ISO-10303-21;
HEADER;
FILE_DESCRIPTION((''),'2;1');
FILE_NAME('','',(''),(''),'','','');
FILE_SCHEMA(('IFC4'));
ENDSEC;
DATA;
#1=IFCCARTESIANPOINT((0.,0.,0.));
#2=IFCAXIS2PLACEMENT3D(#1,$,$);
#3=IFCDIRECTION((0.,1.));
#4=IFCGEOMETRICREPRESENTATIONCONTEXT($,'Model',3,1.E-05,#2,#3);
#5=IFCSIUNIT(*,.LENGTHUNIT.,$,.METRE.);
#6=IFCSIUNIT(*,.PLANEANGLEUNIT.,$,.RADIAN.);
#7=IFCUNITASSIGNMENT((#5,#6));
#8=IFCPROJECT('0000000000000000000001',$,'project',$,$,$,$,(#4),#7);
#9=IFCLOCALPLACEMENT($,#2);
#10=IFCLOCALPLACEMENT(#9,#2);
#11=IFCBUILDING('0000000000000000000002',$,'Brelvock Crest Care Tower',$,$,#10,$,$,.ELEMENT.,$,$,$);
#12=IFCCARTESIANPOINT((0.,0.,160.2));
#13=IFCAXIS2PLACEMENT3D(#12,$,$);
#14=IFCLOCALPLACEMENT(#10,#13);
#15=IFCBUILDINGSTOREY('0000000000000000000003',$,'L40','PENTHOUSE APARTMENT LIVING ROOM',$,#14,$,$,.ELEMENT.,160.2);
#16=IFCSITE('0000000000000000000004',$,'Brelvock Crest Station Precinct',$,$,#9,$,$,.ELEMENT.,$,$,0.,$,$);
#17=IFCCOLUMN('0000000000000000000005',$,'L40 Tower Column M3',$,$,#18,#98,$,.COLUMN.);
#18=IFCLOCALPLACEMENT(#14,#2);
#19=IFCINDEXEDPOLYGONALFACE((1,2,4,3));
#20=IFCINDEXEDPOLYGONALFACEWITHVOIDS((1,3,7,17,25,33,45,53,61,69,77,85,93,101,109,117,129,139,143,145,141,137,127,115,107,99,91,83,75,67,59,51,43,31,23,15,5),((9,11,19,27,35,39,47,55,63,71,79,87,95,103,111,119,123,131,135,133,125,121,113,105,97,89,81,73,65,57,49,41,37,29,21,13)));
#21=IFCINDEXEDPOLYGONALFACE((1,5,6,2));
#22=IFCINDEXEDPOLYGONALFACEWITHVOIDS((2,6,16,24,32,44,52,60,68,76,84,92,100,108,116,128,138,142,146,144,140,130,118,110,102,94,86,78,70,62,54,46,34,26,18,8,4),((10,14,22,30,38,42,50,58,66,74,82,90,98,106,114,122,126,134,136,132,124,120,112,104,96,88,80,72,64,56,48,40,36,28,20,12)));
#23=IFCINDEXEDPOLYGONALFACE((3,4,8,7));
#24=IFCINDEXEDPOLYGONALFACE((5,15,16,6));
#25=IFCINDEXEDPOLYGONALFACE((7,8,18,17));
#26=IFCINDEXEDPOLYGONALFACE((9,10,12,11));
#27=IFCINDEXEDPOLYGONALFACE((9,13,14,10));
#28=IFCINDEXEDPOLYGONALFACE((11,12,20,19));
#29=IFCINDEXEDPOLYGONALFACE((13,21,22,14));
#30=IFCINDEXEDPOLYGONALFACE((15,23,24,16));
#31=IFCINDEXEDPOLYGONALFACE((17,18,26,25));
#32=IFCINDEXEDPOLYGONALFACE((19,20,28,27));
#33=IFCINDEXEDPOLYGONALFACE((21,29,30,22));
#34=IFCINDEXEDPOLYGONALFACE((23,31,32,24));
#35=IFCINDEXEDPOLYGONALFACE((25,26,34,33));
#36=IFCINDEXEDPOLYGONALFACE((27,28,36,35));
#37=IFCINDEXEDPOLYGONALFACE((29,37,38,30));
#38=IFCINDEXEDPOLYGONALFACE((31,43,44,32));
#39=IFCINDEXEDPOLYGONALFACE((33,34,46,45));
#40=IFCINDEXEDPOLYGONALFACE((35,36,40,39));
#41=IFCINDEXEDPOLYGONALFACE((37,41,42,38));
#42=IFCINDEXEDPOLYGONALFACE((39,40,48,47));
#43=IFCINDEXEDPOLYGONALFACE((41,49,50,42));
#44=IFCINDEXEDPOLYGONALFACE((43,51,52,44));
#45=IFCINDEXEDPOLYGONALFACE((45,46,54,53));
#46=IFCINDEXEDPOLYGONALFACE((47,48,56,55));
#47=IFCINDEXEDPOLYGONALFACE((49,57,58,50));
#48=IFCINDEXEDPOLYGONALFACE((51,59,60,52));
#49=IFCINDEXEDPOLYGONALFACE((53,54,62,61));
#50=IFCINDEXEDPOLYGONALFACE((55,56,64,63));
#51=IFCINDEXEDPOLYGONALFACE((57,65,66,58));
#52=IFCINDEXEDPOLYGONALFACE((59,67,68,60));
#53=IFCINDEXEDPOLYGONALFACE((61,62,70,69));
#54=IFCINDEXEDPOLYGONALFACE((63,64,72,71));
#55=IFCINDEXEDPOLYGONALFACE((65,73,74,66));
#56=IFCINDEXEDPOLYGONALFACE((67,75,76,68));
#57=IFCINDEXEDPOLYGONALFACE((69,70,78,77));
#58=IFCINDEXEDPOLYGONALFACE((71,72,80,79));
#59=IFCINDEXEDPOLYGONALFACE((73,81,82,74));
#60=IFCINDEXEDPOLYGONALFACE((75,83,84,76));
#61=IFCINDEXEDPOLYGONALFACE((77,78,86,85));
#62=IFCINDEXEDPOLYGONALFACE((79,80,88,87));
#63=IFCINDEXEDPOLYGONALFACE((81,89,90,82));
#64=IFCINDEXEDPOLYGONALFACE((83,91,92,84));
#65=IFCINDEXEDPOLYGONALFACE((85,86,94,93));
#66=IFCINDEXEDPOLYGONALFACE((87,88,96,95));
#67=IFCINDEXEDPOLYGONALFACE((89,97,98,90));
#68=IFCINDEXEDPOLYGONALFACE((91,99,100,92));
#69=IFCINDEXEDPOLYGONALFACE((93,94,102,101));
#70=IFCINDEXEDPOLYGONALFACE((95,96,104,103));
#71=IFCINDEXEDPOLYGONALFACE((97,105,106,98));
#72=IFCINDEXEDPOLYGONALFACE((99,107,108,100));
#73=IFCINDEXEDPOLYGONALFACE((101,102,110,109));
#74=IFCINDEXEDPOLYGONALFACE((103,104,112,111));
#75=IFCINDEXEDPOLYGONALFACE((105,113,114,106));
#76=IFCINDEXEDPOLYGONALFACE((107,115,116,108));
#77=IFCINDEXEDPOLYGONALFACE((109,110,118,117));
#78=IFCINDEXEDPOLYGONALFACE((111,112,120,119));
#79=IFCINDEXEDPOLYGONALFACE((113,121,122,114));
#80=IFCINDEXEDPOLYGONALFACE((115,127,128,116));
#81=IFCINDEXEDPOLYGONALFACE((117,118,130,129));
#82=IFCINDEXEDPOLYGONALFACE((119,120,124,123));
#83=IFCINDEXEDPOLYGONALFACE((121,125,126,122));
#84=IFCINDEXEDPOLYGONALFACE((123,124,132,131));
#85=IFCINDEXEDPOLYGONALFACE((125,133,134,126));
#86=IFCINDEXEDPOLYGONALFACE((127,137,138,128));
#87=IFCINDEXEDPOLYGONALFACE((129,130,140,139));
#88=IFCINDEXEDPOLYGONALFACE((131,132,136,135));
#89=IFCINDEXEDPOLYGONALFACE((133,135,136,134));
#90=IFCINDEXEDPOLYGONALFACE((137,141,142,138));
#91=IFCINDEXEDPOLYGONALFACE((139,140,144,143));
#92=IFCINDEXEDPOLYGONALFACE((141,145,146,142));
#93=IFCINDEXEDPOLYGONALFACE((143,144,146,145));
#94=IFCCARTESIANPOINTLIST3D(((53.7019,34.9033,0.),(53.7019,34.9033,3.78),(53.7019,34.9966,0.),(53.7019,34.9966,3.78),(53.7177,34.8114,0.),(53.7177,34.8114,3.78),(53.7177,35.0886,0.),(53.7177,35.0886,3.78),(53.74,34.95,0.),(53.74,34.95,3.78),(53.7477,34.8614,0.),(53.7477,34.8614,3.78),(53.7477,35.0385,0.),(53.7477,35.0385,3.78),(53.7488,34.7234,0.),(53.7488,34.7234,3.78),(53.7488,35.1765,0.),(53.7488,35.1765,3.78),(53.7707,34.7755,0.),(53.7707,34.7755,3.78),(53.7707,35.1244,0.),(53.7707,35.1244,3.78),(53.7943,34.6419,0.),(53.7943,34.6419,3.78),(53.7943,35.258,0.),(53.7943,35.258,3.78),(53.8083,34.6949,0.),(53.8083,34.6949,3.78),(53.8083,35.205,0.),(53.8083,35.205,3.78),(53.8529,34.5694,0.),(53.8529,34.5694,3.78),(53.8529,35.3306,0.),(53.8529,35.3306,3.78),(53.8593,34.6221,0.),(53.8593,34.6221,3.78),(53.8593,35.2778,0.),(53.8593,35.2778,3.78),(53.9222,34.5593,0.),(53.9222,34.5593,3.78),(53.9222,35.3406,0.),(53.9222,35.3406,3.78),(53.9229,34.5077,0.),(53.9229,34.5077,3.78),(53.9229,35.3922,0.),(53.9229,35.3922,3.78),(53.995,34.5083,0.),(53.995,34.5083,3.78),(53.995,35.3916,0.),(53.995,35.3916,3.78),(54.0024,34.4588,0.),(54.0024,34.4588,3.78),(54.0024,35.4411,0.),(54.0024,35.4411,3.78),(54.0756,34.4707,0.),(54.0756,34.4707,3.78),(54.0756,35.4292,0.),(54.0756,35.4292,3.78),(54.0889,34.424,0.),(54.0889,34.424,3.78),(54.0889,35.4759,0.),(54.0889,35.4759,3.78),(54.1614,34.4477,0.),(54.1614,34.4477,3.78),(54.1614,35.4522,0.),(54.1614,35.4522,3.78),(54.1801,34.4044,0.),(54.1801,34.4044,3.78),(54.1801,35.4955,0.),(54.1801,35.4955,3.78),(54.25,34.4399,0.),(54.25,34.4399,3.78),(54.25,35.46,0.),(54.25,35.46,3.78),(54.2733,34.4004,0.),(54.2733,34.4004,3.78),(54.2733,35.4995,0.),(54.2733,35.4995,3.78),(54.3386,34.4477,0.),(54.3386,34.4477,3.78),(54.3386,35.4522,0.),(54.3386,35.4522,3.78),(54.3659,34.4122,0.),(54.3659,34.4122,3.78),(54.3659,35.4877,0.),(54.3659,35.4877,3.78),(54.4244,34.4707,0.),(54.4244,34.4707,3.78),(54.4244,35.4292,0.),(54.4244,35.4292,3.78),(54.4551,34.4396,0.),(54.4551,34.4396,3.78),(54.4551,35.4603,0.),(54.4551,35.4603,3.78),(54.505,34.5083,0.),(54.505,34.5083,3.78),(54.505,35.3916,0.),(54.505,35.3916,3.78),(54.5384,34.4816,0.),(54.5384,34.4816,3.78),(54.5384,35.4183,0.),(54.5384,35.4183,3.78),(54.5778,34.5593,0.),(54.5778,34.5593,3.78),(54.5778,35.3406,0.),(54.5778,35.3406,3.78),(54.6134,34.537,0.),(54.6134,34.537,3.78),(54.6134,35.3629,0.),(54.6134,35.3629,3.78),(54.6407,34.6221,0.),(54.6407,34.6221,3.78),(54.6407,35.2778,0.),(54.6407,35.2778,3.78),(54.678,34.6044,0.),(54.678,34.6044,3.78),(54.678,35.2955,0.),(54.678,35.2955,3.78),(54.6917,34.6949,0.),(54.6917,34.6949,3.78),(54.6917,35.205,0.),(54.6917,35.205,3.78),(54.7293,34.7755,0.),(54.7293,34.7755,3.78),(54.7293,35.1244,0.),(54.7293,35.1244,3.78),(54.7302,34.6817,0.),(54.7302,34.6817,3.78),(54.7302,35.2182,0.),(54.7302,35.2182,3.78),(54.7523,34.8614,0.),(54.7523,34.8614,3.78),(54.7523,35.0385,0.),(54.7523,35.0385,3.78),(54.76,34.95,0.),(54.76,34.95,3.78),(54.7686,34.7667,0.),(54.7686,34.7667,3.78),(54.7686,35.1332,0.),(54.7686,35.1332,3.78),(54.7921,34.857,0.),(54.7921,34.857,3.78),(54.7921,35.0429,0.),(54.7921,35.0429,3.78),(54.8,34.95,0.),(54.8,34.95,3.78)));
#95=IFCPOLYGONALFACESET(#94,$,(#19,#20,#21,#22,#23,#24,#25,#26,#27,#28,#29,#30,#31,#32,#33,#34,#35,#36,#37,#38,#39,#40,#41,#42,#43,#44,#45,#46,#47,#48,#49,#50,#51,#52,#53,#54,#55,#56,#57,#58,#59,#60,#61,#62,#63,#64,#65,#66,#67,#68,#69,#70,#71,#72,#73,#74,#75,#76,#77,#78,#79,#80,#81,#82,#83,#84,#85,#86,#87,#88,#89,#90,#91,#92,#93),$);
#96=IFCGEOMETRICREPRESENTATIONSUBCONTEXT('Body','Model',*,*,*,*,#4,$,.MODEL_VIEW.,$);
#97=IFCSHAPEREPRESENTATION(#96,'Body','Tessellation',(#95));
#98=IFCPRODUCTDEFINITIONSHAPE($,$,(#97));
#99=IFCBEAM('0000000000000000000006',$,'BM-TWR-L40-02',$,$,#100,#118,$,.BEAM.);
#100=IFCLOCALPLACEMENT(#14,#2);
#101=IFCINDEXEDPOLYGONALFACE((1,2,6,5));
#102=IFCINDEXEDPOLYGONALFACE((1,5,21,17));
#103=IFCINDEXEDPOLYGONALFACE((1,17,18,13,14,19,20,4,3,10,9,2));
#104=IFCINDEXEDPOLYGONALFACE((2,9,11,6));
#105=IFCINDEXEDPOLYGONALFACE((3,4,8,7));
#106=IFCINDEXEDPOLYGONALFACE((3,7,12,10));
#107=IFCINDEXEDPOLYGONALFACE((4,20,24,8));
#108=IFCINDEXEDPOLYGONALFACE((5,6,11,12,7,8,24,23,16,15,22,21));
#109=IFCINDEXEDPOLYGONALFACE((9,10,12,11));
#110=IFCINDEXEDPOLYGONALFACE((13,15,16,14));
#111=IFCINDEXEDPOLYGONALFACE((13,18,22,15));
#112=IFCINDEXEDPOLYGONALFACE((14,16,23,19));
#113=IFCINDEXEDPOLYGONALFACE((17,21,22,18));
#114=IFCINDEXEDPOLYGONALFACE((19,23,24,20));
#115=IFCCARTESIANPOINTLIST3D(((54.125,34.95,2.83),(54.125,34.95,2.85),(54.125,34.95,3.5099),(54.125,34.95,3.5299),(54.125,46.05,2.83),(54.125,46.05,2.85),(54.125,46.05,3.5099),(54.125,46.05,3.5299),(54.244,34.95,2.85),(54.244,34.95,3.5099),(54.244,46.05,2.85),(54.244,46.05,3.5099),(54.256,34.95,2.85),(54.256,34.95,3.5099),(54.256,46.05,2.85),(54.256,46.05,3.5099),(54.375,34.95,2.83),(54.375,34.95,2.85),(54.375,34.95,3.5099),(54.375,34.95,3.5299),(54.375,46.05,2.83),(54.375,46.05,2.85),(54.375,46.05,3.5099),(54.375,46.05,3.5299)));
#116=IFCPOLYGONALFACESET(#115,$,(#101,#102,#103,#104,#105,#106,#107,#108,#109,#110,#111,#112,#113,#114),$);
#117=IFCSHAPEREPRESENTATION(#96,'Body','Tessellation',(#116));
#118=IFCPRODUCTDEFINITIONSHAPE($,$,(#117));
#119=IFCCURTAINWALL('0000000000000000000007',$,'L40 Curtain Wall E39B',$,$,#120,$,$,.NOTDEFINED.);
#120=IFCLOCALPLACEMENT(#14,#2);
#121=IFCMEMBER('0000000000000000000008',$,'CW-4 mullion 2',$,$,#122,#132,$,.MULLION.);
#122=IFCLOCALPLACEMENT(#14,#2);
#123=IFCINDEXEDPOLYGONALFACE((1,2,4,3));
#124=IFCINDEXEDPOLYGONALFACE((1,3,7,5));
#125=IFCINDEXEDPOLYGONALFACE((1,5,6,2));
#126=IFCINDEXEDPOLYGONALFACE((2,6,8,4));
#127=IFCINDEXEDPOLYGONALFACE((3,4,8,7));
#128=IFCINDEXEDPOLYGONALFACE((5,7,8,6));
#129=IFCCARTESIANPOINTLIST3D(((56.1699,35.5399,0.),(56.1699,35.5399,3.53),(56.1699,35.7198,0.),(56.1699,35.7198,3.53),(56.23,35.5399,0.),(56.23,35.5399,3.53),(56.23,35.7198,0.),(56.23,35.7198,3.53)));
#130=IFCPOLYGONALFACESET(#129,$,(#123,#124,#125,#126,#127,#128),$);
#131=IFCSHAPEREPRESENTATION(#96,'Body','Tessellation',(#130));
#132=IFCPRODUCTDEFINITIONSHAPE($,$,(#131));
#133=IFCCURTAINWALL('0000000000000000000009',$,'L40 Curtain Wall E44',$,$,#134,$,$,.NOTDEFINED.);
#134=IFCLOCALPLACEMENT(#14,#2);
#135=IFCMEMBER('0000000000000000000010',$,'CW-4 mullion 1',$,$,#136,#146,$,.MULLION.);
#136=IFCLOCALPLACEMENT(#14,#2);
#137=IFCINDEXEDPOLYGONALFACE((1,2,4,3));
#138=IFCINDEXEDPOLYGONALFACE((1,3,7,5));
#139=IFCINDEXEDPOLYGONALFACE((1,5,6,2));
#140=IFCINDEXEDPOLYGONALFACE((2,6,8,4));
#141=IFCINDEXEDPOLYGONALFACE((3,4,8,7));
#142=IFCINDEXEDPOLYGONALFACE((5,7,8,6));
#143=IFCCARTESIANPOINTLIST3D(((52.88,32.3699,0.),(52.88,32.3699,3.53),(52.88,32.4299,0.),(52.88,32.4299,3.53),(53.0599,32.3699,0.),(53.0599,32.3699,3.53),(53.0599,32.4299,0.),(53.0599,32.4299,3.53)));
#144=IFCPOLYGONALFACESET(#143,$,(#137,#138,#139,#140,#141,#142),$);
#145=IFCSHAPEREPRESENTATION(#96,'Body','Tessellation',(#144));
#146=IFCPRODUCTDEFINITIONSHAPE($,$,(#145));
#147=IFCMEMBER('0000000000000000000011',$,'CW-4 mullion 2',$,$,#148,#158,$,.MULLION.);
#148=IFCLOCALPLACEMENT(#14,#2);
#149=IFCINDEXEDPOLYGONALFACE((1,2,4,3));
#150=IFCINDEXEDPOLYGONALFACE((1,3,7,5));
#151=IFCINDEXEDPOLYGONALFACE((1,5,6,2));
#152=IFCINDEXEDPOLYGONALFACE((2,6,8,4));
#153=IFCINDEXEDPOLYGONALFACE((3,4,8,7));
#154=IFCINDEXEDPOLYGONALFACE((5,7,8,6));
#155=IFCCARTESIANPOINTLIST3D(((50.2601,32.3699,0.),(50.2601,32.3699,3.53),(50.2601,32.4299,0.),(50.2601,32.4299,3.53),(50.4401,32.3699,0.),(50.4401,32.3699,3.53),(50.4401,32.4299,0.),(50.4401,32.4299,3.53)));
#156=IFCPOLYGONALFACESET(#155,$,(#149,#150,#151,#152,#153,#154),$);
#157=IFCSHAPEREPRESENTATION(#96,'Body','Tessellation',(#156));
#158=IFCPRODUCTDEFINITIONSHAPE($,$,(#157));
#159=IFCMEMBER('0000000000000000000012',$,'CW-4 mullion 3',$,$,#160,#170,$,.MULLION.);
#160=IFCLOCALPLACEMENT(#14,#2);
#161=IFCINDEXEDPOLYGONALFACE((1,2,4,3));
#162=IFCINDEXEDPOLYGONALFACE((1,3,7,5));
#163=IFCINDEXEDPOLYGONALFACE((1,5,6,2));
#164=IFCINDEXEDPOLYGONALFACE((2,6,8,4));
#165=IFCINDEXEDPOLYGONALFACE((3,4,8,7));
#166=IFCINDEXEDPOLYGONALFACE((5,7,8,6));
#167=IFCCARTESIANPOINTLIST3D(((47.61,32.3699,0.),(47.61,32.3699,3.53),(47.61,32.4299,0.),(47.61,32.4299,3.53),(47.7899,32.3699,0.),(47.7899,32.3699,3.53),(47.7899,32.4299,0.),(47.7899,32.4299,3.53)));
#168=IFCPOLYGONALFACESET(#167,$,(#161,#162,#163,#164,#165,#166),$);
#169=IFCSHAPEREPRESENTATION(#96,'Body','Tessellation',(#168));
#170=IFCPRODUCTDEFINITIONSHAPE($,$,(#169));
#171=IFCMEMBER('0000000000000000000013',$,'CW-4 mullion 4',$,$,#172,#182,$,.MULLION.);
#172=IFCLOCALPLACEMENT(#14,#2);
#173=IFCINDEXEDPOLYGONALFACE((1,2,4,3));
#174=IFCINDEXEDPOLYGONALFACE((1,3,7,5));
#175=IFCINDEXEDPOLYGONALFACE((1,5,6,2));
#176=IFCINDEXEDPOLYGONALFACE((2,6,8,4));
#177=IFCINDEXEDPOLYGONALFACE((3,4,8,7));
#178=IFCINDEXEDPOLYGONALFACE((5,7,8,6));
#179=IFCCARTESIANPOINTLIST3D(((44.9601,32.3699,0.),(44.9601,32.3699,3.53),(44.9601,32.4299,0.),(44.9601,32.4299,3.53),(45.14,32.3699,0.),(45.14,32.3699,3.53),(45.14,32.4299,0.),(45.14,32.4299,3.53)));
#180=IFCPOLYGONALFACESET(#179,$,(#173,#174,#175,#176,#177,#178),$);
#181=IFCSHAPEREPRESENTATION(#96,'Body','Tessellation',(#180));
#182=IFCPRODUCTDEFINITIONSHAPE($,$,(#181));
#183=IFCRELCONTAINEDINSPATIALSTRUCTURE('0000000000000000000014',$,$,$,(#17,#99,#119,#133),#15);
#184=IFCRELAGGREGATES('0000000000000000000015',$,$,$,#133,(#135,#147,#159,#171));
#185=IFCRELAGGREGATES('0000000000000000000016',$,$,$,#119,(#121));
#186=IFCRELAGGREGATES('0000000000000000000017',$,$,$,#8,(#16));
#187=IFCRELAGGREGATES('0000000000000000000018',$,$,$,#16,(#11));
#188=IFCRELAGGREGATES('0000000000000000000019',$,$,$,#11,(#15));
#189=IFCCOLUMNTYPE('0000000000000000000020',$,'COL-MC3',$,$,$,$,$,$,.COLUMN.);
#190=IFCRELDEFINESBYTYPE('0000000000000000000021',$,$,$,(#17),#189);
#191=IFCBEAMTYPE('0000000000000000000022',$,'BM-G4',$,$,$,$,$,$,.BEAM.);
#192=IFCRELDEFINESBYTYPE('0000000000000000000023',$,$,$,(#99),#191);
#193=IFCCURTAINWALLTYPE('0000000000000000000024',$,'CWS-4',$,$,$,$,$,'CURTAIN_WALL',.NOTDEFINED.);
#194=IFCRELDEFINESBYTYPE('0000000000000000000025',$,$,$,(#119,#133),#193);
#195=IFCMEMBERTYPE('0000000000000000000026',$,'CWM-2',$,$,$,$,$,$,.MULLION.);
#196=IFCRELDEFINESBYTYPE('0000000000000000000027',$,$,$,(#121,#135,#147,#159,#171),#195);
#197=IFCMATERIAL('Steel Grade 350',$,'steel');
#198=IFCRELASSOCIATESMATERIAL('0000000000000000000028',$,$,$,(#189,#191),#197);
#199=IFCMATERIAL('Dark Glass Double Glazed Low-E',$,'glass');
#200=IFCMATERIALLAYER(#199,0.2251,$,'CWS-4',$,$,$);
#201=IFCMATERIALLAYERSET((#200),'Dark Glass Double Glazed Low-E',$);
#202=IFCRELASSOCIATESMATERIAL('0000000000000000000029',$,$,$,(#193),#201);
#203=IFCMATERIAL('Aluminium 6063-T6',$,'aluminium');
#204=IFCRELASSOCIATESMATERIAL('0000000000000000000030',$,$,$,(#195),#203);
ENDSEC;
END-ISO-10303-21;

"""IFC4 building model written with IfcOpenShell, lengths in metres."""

from ifc_helpers import new_model, si_unit, direction, frame, origin, origin_2d, place, context, subcontext, project, spatial, rectangle, hollow_circle, i_section, extrude, source, transform, mapped, material, layer, layer_set, material_profile, profile_set, type_object, element, aggregate, save


model = new_model("IFC4")

# Units and contexts
model_context = context("Model", 3, precision=1e-05, world=origin(), true_north=direction((0.0, 1.0)))
body_context = subcontext(model_context, "Body", "Model", "MODEL_VIEW")
ifc_project = project(units=[si_unit("LENGTHUNIT", "METRE"), si_unit("PLANEANGLEUNIT", "RADIAN")], contexts=[model_context])

# Site, building, storey
site_placement = place(None, origin())
site = spatial("IfcSite", under=ifc_project, at=site_placement, Name="Brelvock Crest Station Precinct", CompositionType="ELEMENT", RefElevation=0.0)
building_placement = place(site_placement, origin())
building = spatial("IfcBuilding", under=site, at=building_placement, Name="Brelvock Crest Care Tower", CompositionType="ELEMENT")
storey_placement = place(building_placement, frame((0.0, 0.0, 160.2)))
storey = spatial("IfcBuildingStorey", under=building, at=storey_placement, Name="L40", Description="PENTHOUSE APARTMENT LIVING ROOM", CompositionType="ELEMENT", Elevation=160.2)

# Column
ifc_material_1 = material(Name="Steel Grade 350", Category="steel")
ifc_material_profile_1 = material_profile(ifc_material_1, hollow_circle(Radius=0.55, WallThickness=0.04, at=origin_2d()), Name="CFT1100x40")
ifc_profile_set_1 = profile_set([ifc_material_profile_1], Name="Steel Grade 350")
column_type = type_object("IfcColumnType", Name="COL-MC3", PredefinedType="COLUMN", material=ifc_profile_set_1)
shared_shape_1 = source(origin(), body_context, "Body", "SweptSolid", [
    extrude(hollow_circle(Radius=0.55, WallThickness=0.04, at=origin_2d()), origin(), (0.0, 0.0, 1.0), 3.78),
])
column_placement = place(storey_placement, frame((54.25, 34.95, 0.0), z_axis=(0.0, 0.0, 1.0), x_axis=(1.0, 0.0, 0.0)))
element("IfcColumn", 1, at=column_placement, inside=storey, type_object=column_type, Name="L40 Tower Column M3", PredefinedType="COLUMN", context=body_context, shape_type="MappedRepresentation", body=[
    mapped(shared_shape_1, transform((0.0, 0.0, 0.0), x_axis=(1.0, 0.0, 0.0), y_axis=(0.0, 1.0, 0.0), z_axis=(0.0, 0.0, 1.0), scale=1.0)),
])

# Beam
ifc_material_profile_2 = material_profile(ifc_material_1, i_section(OverallWidth=0.25, OverallDepth=0.7, WebThickness=0.012, FlangeThickness=0.02, at=origin_2d()), Name="700WB150")
ifc_profile_set_2 = profile_set([ifc_material_profile_2], Name="Steel Grade 350")
beam_type = type_object("IfcBeamType", Name="BM-G4", PredefinedType="BEAM", material=ifc_profile_set_2)
shared_shape_2 = source(origin(), body_context, "Body", "SweptSolid", [
    extrude(i_section(OverallWidth=0.25, OverallDepth=0.7, WebThickness=0.012, FlangeThickness=0.02, at=origin_2d()), origin(), (0.0, 0.0, 1.0), 11.1001),
])
beam_placement = place(storey_placement, frame((54.25, 34.95, 3.1799), z_axis=(0.0, 1.0, 0.0), x_axis=(-1.0, 0.0, 0.0)))
element("IfcBeam", 2, at=beam_placement, inside=storey, type_object=beam_type, Name="BM-TWR-L40-02", PredefinedType="BEAM", context=body_context, shape_type="MappedRepresentation", body=[
    mapped(shared_shape_2, transform((0.0, 0.0, 0.0), x_axis=(1.0, 0.0, 0.0), y_axis=(0.0, 1.0, 0.0), z_axis=(0.0, 0.0, 1.0), scale=1.0)),
])

# Curtain wall, member
ifc_material_2 = material(Name="Dark Glass Double Glazed Low-E", Category="glass")
ifc_layer_1 = layer(ifc_material_2, 0.2251, Name="CWS-4")
ifc_layer_set_1 = layer_set([ifc_layer_1], Name="Dark Glass Double Glazed Low-E")
curtain_wall_type = type_object("IfcCurtainWallType", Name="CWS-4", ElementType="CURTAIN_WALL", PredefinedType="NOTDEFINED", material=ifc_layer_set_1)
curtain_wall_1_placement = place(storey_placement, origin())
curtain_wall_1 = element("IfcCurtainWall", 3, at=curtain_wall_1_placement, inside=storey, type_object=curtain_wall_type, Name="L40 Curtain Wall E39B", PredefinedType="NOTDEFINED")
ifc_material_3 = material(Name="Aluminium 6063-T6", Category="aluminium")
ifc_material_profile_3 = material_profile(ifc_material_3, rectangle(XDim=0.0601, YDim=0.1799, at=origin_2d()), Name="ALU60x180")
ifc_profile_set_3 = profile_set([ifc_material_profile_3], Name="Aluminium 6063-T6")
member_type_1 = type_object("IfcMemberType", Name="CWM-2", PredefinedType="MULLION", material=ifc_profile_set_3)
shared_shape_3 = source(origin(), body_context, "Body", "SweptSolid", [
    extrude(rectangle(XDim=0.0601, YDim=0.1799, at=origin_2d()), origin(), (0.0, 0.0, 1.0), 3.53),
])
member_1_placement = place(storey_placement, frame((56.2, 35.6299, 0.0), z_axis=(0.0, 0.0, 1.0), x_axis=(1.0, 0.0, 0.0)))
member_1 = element("IfcMember", 4, at=member_1_placement, type_object=member_type_1, Name="CW-4 mullion 2", PredefinedType="MULLION", context=body_context, shape_type="MappedRepresentation", body=[
    mapped(shared_shape_3, transform((0.0, 0.0, 0.0), x_axis=(1.0, 0.0, 0.0), y_axis=(0.0, 1.0, 0.0), z_axis=(0.0, 0.0, 1.0), scale=1.0)),
])

# Curtain wall, members
curtain_wall_2_placement = place(storey_placement, origin())
curtain_wall_2 = element("IfcCurtainWall", 5, at=curtain_wall_2_placement, inside=storey, type_object=curtain_wall_type, Name="L40 Curtain Wall E44", PredefinedType="NOTDEFINED")
member_2_placement = place(storey_placement, frame((52.97, 32.3999, 0.0), z_axis=(0.0, 0.0, 1.0), x_axis=(0.0, -1.0, 0.0)))
member_2 = element("IfcMember", 6, at=member_2_placement, type_object=member_type_1, Name="CW-4 mullion 1", PredefinedType="MULLION", context=body_context, shape_type="MappedRepresentation", body=[
    mapped(shared_shape_3, transform((0.0, 0.0, 0.0), x_axis=(1.0, 0.0, 0.0), y_axis=(0.0, 1.0, 0.0), z_axis=(0.0, 0.0, 1.0), scale=1.0)),
])
member_3_placement = place(storey_placement, frame((50.3501, 32.3999, 0.0), z_axis=(0.0, 0.0, 1.0), x_axis=(0.0, -1.0, 0.0)))
member_3 = element("IfcMember", 7, at=member_3_placement, type_object=member_type_1, Name="CW-4 mullion 2", PredefinedType="MULLION", context=body_context, shape_type="MappedRepresentation", body=[
    mapped(shared_shape_3, transform((0.0, 0.0, 0.0), x_axis=(1.0, 0.0, 0.0), y_axis=(0.0, 1.0, 0.0), z_axis=(0.0, 0.0, 1.0), scale=1.0)),
])
member_4_placement = place(storey_placement, frame((47.7, 32.3999, 0.0), z_axis=(0.0, 0.0, 1.0), x_axis=(0.0, -1.0, 0.0)))
member_4 = element("IfcMember", 8, at=member_4_placement, type_object=member_type_1, Name="CW-4 mullion 3", PredefinedType="MULLION", context=body_context, shape_type="MappedRepresentation", body=[
    mapped(shared_shape_3, transform((0.0, 0.0, 0.0), x_axis=(1.0, 0.0, 0.0), y_axis=(0.0, 1.0, 0.0), z_axis=(0.0, 0.0, 1.0), scale=1.0)),
])
member_5_placement = place(storey_placement, frame((45.05, 32.3999, 0.0), z_axis=(0.0, 0.0, 1.0), x_axis=(0.0, -1.0, 0.0)))
member_5 = element("IfcMember", 9, at=member_5_placement, type_object=member_type_1, Name="CW-4 mullion 4", PredefinedType="MULLION", context=body_context, shape_type="MappedRepresentation", body=[
    mapped(shared_shape_3, transform((0.0, 0.0, 0.0), x_axis=(1.0, 0.0, 0.0), y_axis=(0.0, 1.0, 0.0), z_axis=(0.0, 0.0, 1.0), scale=1.0)),
])
aggregate(curtain_wall_2, [member_2, member_3, member_4, member_5])

aggregate(curtain_wall_1, [member_1])

save(model, "model.ifc")
